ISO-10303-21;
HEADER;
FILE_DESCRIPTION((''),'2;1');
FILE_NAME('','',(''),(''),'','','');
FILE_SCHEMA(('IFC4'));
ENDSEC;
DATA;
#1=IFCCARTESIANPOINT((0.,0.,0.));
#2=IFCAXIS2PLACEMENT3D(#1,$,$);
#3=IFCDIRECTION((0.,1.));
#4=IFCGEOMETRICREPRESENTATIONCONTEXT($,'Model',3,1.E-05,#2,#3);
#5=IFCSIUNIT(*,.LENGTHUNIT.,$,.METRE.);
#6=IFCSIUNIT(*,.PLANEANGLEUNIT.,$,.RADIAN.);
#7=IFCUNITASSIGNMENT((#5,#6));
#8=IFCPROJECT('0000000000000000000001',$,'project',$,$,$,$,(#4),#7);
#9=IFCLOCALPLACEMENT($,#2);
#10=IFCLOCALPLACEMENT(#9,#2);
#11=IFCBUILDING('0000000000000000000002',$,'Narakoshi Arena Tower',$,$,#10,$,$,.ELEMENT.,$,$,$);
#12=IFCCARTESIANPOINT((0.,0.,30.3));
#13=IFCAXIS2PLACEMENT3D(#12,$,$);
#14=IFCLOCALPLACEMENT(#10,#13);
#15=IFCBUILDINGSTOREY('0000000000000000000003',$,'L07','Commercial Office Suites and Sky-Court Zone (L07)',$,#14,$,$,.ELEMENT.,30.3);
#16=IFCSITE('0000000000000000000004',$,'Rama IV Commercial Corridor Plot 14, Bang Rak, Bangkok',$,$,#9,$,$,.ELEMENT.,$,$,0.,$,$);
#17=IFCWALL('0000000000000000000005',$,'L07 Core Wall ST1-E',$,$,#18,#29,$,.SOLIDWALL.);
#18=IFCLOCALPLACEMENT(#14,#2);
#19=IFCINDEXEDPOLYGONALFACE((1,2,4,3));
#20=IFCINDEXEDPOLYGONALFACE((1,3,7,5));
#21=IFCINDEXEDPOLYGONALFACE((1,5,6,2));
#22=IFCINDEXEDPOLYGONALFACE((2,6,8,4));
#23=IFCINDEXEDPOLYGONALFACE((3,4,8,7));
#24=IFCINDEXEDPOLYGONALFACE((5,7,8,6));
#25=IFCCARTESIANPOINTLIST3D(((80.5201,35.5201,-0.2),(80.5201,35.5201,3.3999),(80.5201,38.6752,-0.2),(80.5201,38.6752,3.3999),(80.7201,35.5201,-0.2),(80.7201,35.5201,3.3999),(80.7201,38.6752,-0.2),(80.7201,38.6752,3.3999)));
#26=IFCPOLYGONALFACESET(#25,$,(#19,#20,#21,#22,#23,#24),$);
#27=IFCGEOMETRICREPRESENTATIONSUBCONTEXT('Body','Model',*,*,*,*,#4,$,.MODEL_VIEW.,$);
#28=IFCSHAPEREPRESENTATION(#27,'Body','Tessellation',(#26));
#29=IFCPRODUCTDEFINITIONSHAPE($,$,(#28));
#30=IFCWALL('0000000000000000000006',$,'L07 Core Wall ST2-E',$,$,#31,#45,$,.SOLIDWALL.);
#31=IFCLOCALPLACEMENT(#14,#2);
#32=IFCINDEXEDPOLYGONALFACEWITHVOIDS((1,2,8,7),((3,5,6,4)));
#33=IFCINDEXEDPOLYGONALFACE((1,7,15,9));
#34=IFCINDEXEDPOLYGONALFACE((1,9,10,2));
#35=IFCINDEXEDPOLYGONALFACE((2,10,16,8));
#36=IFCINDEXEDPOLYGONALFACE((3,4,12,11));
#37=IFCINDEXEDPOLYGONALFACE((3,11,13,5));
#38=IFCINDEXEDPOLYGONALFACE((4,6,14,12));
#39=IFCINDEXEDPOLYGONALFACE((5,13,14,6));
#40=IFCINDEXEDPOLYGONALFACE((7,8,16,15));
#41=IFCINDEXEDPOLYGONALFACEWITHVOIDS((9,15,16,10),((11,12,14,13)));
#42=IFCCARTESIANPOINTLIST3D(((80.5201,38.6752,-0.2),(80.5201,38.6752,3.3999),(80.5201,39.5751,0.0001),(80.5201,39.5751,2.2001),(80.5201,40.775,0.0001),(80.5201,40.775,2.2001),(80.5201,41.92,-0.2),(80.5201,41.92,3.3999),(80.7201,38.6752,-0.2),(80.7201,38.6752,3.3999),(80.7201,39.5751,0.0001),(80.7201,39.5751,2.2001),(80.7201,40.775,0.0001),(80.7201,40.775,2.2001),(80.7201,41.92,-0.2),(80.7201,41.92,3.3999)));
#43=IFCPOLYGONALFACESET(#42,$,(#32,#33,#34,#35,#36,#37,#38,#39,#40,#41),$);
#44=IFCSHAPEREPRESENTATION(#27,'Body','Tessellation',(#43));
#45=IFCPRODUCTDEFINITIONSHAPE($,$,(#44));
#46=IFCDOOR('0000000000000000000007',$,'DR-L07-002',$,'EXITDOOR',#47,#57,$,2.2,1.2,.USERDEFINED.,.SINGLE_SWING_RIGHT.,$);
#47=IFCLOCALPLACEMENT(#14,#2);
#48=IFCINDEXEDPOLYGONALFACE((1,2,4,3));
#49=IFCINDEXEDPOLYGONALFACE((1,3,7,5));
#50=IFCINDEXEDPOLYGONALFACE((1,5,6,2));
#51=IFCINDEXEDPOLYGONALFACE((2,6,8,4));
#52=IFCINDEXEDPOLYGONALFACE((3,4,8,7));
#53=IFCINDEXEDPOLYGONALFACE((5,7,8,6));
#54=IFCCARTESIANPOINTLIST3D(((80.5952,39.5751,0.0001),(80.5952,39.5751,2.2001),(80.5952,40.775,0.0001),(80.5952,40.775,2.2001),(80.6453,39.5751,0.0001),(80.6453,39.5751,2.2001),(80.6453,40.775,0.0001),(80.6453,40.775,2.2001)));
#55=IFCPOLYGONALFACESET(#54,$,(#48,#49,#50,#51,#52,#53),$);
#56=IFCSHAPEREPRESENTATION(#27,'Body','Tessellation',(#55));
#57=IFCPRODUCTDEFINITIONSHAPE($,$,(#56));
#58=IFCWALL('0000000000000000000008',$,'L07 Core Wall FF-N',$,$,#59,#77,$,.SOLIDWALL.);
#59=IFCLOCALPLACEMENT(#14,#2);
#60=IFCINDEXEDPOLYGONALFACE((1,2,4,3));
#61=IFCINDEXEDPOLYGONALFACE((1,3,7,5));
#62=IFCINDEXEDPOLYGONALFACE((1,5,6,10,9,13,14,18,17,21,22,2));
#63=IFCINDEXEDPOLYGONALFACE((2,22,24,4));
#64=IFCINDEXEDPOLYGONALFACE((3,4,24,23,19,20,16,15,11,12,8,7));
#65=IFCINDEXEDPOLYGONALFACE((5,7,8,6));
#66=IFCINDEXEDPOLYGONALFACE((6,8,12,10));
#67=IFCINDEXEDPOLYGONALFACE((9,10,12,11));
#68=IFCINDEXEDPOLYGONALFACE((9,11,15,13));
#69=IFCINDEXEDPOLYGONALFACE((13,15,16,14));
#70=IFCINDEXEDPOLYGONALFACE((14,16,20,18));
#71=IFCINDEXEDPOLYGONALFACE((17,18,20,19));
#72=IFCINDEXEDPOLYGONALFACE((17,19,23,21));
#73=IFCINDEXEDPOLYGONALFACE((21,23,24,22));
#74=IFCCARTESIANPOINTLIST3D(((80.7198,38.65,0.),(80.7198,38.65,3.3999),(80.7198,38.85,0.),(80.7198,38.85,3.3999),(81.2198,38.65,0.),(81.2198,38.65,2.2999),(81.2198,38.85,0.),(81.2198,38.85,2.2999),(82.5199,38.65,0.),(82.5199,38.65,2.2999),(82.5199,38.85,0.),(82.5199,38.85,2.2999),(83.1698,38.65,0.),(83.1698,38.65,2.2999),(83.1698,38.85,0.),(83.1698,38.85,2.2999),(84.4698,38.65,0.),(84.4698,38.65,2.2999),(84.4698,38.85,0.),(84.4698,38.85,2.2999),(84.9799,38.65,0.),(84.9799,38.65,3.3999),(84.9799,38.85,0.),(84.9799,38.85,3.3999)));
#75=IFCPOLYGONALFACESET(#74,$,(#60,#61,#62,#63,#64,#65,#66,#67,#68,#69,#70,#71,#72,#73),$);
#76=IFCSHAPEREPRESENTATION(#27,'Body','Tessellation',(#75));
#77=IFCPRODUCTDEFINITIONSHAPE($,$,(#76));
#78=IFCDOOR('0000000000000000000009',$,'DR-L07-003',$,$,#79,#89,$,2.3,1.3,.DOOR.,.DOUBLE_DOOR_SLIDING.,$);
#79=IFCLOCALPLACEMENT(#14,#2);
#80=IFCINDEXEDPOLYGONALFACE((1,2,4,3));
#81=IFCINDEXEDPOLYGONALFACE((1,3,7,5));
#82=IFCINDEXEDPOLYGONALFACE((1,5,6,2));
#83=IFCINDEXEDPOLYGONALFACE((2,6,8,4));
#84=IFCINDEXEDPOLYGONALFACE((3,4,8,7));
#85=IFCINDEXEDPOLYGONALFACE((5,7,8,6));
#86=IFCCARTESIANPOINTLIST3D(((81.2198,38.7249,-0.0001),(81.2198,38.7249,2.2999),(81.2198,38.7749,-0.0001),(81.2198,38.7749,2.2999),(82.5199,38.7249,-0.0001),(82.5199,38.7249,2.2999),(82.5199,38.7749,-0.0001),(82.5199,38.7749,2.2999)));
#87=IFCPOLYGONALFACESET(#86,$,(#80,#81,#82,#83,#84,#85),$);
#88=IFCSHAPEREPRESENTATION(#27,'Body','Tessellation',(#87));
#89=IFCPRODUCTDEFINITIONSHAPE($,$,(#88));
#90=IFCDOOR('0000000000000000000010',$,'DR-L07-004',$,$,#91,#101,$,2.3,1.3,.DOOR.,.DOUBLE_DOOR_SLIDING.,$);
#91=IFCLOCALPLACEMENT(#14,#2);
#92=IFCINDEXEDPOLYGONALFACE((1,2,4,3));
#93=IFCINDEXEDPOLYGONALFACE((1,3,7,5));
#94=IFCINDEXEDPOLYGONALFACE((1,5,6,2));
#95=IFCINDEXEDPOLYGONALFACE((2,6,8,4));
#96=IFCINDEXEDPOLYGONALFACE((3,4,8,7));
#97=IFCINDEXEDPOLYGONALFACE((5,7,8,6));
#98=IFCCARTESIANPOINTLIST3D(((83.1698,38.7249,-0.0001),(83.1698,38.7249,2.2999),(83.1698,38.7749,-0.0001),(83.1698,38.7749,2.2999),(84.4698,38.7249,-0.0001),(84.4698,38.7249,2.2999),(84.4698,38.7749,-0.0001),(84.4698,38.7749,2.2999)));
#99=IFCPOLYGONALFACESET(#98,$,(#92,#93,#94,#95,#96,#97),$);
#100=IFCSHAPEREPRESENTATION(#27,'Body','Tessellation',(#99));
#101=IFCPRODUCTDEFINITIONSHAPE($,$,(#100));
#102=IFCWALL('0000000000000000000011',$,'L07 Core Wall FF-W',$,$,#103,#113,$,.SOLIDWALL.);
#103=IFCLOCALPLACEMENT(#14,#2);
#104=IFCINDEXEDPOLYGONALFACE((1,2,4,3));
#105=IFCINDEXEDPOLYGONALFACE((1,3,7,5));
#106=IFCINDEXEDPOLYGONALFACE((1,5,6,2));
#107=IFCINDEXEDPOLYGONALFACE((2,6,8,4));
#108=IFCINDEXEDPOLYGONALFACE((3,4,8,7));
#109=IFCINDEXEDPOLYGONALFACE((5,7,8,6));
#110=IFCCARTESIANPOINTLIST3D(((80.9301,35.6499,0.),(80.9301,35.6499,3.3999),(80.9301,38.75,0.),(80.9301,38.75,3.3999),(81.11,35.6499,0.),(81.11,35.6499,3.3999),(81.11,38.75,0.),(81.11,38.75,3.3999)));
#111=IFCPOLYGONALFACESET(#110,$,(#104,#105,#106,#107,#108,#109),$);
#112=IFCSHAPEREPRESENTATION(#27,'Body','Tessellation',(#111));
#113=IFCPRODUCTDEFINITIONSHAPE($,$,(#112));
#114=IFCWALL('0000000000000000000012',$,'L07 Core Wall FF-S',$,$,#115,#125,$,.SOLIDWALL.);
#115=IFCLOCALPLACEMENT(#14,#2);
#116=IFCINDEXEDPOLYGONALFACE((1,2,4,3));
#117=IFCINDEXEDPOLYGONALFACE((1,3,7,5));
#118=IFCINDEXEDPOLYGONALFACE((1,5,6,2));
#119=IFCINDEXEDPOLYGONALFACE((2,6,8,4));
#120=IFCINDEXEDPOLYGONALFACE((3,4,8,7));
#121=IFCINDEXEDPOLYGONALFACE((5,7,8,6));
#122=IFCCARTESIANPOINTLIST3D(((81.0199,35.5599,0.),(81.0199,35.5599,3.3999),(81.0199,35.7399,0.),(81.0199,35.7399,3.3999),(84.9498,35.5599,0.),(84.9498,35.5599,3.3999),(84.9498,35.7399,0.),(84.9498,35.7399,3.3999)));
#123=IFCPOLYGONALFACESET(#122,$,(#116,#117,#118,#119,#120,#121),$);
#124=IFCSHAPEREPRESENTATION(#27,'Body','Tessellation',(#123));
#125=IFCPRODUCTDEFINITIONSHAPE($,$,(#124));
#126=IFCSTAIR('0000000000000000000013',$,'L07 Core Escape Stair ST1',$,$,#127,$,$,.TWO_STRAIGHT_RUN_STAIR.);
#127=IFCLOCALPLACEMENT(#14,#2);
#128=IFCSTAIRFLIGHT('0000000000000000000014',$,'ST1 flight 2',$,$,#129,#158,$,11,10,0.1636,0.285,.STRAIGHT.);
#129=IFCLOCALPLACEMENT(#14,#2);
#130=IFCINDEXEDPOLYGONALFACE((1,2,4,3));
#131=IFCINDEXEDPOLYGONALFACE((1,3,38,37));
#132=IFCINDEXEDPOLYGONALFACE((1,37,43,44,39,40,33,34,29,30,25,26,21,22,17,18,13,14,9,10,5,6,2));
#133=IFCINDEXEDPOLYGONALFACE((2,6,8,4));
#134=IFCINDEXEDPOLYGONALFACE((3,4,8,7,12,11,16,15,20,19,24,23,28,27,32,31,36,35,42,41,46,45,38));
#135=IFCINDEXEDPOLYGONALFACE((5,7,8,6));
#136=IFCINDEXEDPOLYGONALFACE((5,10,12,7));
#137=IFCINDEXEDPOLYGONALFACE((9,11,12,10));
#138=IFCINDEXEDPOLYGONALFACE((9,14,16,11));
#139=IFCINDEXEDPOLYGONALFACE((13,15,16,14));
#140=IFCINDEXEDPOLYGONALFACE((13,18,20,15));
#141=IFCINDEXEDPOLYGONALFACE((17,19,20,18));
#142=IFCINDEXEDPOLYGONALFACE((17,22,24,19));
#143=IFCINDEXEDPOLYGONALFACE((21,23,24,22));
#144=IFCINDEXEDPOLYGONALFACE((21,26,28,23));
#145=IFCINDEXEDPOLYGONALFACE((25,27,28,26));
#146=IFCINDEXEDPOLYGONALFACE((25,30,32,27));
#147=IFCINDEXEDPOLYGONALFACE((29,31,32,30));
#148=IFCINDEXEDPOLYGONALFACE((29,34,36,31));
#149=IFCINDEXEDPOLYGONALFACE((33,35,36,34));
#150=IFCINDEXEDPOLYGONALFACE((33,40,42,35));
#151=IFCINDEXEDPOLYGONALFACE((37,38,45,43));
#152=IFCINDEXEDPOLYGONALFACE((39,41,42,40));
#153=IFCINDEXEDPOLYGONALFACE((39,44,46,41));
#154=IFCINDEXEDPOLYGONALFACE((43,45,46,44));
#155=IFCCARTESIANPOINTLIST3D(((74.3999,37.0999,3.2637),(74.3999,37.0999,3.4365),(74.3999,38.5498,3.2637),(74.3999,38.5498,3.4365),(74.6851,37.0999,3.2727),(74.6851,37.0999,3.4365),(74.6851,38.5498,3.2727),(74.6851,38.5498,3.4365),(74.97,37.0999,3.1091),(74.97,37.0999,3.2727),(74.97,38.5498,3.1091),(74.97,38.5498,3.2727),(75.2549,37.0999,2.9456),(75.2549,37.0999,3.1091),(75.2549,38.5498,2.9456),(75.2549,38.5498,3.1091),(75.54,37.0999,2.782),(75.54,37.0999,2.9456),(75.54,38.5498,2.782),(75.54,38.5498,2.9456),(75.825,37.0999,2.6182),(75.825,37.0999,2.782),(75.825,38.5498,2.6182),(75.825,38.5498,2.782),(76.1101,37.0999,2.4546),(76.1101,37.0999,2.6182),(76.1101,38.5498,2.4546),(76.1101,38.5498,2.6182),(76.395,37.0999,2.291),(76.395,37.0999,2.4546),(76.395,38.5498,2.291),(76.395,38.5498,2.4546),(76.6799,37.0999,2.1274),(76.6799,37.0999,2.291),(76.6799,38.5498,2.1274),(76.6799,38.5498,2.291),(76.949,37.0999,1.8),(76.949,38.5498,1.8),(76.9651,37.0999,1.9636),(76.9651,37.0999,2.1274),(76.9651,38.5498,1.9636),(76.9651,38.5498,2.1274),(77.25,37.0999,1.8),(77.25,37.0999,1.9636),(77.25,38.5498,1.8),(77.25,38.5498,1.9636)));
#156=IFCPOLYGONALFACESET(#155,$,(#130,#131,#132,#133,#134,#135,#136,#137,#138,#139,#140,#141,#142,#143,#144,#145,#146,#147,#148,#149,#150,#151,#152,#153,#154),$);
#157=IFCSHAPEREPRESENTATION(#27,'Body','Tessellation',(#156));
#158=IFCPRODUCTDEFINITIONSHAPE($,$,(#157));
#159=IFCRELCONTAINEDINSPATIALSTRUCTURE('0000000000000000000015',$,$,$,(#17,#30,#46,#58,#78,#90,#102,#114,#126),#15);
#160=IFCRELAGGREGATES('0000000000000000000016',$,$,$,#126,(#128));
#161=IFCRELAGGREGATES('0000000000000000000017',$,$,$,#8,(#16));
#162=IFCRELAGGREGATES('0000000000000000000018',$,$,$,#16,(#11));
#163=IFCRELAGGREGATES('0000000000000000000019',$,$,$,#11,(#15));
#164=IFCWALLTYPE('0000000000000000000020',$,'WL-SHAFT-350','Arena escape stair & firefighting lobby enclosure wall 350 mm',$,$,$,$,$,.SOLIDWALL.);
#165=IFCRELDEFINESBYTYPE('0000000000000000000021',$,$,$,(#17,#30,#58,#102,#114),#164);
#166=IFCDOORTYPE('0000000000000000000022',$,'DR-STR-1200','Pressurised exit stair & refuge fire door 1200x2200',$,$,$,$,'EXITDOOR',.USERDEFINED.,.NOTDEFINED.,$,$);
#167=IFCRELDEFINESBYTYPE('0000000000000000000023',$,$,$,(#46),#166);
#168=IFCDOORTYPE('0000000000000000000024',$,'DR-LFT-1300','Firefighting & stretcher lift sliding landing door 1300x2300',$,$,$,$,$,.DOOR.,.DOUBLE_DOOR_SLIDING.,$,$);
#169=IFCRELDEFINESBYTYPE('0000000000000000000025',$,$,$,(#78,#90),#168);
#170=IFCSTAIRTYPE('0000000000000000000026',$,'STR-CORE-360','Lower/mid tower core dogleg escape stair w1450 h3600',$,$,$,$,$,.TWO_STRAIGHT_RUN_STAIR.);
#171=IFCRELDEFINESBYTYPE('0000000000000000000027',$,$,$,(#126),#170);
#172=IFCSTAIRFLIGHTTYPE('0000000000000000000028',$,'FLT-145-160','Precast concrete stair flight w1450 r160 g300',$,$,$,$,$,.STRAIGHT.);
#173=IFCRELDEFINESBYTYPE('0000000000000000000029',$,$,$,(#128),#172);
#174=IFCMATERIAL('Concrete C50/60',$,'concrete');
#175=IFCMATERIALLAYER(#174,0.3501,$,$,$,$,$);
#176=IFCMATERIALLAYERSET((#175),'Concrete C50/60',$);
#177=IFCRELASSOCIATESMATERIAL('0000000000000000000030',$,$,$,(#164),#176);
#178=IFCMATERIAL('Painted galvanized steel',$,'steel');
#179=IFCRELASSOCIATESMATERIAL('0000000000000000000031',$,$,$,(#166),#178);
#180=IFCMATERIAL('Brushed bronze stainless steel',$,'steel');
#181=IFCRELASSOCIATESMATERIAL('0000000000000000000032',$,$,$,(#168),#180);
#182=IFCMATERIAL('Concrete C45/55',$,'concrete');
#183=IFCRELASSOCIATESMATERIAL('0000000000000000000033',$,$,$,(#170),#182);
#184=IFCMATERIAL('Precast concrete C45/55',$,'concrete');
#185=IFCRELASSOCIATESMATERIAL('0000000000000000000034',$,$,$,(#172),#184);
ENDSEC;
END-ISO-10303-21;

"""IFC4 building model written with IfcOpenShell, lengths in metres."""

from ifc_helpers import new_model, si_unit, direction, frame, frame_2d, origin, place, context, subcontext, project, spatial, polyline, rectangle, outline, extrude, material, layer, layer_set, type_object, element, fill, aggregate, save


model = new_model("IFC4")

# Units and contexts
model_context = context("Model", 3, precision=1e-05, world=origin(), true_north=direction((0.0, 1.0)))
body_context = subcontext(model_context, "Body", "Model", "MODEL_VIEW")
ifc_project = project(units=[si_unit("LENGTHUNIT", "METRE"), si_unit("PLANEANGLEUNIT", "RADIAN")], contexts=[model_context])

# Site, building, storey
site_placement = place(None, origin())
site = spatial("IfcSite", under=ifc_project, at=site_placement, Name="Rama IV Commercial Corridor Plot 14, Bang Rak, Bangkok", CompositionType="ELEMENT", RefElevation=0.0)
building_placement = place(site_placement, origin())
building = spatial("IfcBuilding", under=site, at=building_placement, Name="Narakoshi Arena Tower", CompositionType="ELEMENT")
storey_placement = place(building_placement, frame((0.0, 0.0, 30.3)))
storey = spatial("IfcBuildingStorey", under=building, at=storey_placement, Name="L07", Description="Commercial Office Suites and Sky-Court Zone (L07)", CompositionType="ELEMENT", Elevation=30.3)

# Wall
ifc_material_1 = material(Name="Concrete C50/60", Category="concrete")
ifc_layer = layer(ifc_material_1, 0.3501)
ifc_layer_set = layer_set([ifc_layer], Name="Concrete C50/60")
wall_type = type_object("IfcWallType", Name="WL-SHAFT-350", Description="Arena escape stair & firefighting lobby enclosure wall 350 mm", PredefinedType="SOLIDWALL", material=ifc_layer_set)
wall_1_placement = place(storey_placement, frame((80.6201, 35.52, -0.2), z_axis=(0.0, 0.0, 1.0), x_axis=(0.0, 1.0, 0.0)))
element("IfcWall", 1, at=wall_1_placement, inside=storey, type_object=wall_type, Name="L07 Core Wall ST1-E", PredefinedType="SOLIDWALL", context=body_context, shape_type="SweptSolid", body=[
    extrude(rectangle(XDim=3.155, YDim=0.2, at=frame_2d((1.5776, 0.0))), origin(), (0.0, 0.0, 1.0), 3.5999),
])

# Wall, opening, door
wall_2_placement = place(storey_placement, frame((80.6201, 38.675, -0.2), z_axis=(0.0, 0.0, 1.0), x_axis=(0.0, 1.0, 0.0)))
wall_2 = element("IfcWall", 2, at=wall_2_placement, inside=storey, type_object=wall_type, Name="L07 Core Wall ST2-E", PredefinedType="SOLIDWALL", context=body_context, shape_type="SweptSolid", body=[
    extrude(rectangle(XDim=3.2449, YDim=0.2, at=frame_2d((1.6226, 0.0))), origin(), (0.0, 0.0, 1.0), 3.5999),
])
opening_1_placement = place(wall_2_placement, frame((0.8999, 0.0, 0.2)))
opening_1 = element("IfcOpeningElement", 3, at=opening_1_placement, cuts=wall_2, PredefinedType="OPENING", context=body_context, shape_type="SweptSolid", body=[
    extrude(rectangle(XDim=1.2, YDim=2.2, at=frame_2d((0.6001, 1.1001))), frame((0.0, 0.1099, 0.0), z_axis=(0.0, -1.0, 0.0), x_axis=(1.0, 0.0, 0.0)), (0.0, 0.0, 1.0), 0.22),
])
ifc_material_2 = material(Name="Painted galvanized steel", Category="steel")
door_type_1 = type_object("IfcDoorType", Name="DR-STR-1200", Description="Pressurised exit stair & refuge fire door 1200x2200", ElementType="EXITDOOR", OperationType="NOTDEFINED", PredefinedType="USERDEFINED", material=ifc_material_2)
door_1_placement = place(opening_1_placement, origin())
door_1 = element("IfcDoor", 4, at=door_1_placement, inside=storey, type_object=door_type_1, Name="DR-L07-002", ObjectType="EXITDOOR", OperationType="SINGLE_SWING_RIGHT", OverallHeight=2.2, OverallWidth=1.2, PredefinedType="USERDEFINED", context=body_context, shape_type="SweptSolid", body=[
    extrude(rectangle(XDim=1.2, YDim=2.2, at=frame_2d((0.6001, 1.1001))), frame((0.0, 0.0249, 0.0), z_axis=(0.0, -1.0, 0.0), x_axis=(1.0, 0.0, 0.0)), (0.0, 0.0, 1.0), 0.05),
])
fill(opening_1, door_1)

# Wall, openings, doors
wall_3_placement = place(storey_placement, frame((80.72, 38.75, 0.0), z_axis=(0.0, 0.0, 1.0), x_axis=(1.0, 0.0, 0.0)))
wall_3 = element("IfcWall", 5, at=wall_3_placement, inside=storey, type_object=wall_type, Name="L07 Core Wall FF-N", PredefinedType="SOLIDWALL", context=body_context, shape_type="SweptSolid", body=[
    extrude(rectangle(XDim=4.26, YDim=0.2, at=frame_2d((2.1299, 0.0))), origin(), (0.0, 0.0, 1.0), 3.3999),
])
opening_2_placement = place(wall_3_placement, frame((0.5, 0.0, 0.0)))
opening_2 = element("IfcOpeningElement", 6, at=opening_2_placement, cuts=wall_3, PredefinedType="OPENING", context=body_context, shape_type="SweptSolid", body=[
    extrude(rectangle(XDim=1.3, YDim=2.3, at=frame_2d((0.6499, 1.1499))), frame((0.0, 0.1099, 0.0), z_axis=(0.0, -1.0, 0.0), x_axis=(1.0, 0.0, 0.0)), (0.0, 0.0, 1.0), 0.22),
])
opening_3_placement = place(wall_3_placement, frame((2.45, 0.0, 0.0)))
opening_3 = element("IfcOpeningElement", 7, at=opening_3_placement, cuts=wall_3, PredefinedType="OPENING", context=body_context, shape_type="SweptSolid", body=[
    extrude(rectangle(XDim=1.3, YDim=2.3, at=frame_2d((0.6499, 1.1499))), frame((0.0, 0.1099, 0.0), z_axis=(0.0, -1.0, 0.0), x_axis=(1.0, 0.0, 0.0)), (0.0, 0.0, 1.0), 0.22),
])
ifc_material_3 = material(Name="Brushed bronze stainless steel", Category="steel")
door_type_2 = type_object("IfcDoorType", Name="DR-LFT-1300", Description="Firefighting & stretcher lift sliding landing door 1300x2300", OperationType="DOUBLE_DOOR_SLIDING", PredefinedType="DOOR", material=ifc_material_3)
door_2_placement = place(opening_2_placement, origin())
door_2 = element("IfcDoor", 8, at=door_2_placement, inside=storey, type_object=door_type_2, Name="DR-L07-003", OperationType="DOUBLE_DOOR_SLIDING", OverallHeight=2.3, OverallWidth=1.3, PredefinedType="DOOR", context=body_context, shape_type="SweptSolid", body=[
    extrude(rectangle(XDim=1.3, YDim=2.3, at=frame_2d((0.6499, 1.1499))), frame((0.0, 0.0249, 0.0), z_axis=(0.0, -1.0, 0.0), x_axis=(1.0, 0.0, 0.0)), (0.0, 0.0, 1.0), 0.05),
])
fill(opening_2, door_2)
door_3_placement = place(opening_3_placement, origin())
door_3 = element("IfcDoor", 9, at=door_3_placement, inside=storey, type_object=door_type_2, Name="DR-L07-004", OperationType="DOUBLE_DOOR_SLIDING", OverallHeight=2.3, OverallWidth=1.3, PredefinedType="DOOR", context=body_context, shape_type="SweptSolid", body=[
    extrude(rectangle(XDim=1.3, YDim=2.3, at=frame_2d((0.6499, 1.1499))), frame((0.0, 0.0249, 0.0), z_axis=(0.0, -1.0, 0.0), x_axis=(1.0, 0.0, 0.0)), (0.0, 0.0, 1.0), 0.05),
])
fill(opening_3, door_3)

# Walls
wall_4_placement = place(storey_placement, frame((81.02, 35.6499, 0.0), z_axis=(0.0, 0.0, 1.0), x_axis=(0.0, 1.0, 0.0)))
element("IfcWall", 10, at=wall_4_placement, inside=storey, type_object=wall_type, Name="L07 Core Wall FF-W", PredefinedType="SOLIDWALL", context=body_context, shape_type="SweptSolid", body=[
    extrude(rectangle(XDim=3.1001, YDim=0.1799, at=frame_2d((1.55, 0.0))), origin(), (0.0, 0.0, 1.0), 3.3999),
])
wall_5_placement = place(storey_placement, frame((81.02, 35.6499, 0.0), z_axis=(0.0, 0.0, 1.0), x_axis=(1.0, 0.0, 0.0)))
element("IfcWall", 11, at=wall_5_placement, inside=storey, type_object=wall_type, Name="L07 Core Wall FF-S", PredefinedType="SOLIDWALL", context=body_context, shape_type="SweptSolid", body=[
    extrude(rectangle(XDim=3.9299, YDim=0.1799, at=frame_2d((1.9648, 0.0))), origin(), (0.0, 0.0, 1.0), 3.3999),
])

# Stair, stair flight
ifc_material_4 = material(Name="Concrete C45/55", Category="concrete")
stair_type = type_object("IfcStairType", Name="STR-CORE-360", Description="Lower/mid tower core dogleg escape stair w1450 h3600", PredefinedType="TWO_STRAIGHT_RUN_STAIR", material=ifc_material_4)
stair_1_placement = place(storey_placement, origin())
stair_1 = element("IfcStair", 12, at=stair_1_placement, inside=storey, type_object=stair_type, Name="L07 Core Escape Stair ST1", PredefinedType="TWO_STRAIGHT_RUN_STAIR")
ifc_material_5 = material(Name="Precast concrete C45/55", Category="concrete")
stair_flight_type = type_object("IfcStairFlightType", Name="FLT-145-160", Description="Precast concrete stair flight w1450 r160 g300", PredefinedType="STRAIGHT", material=ifc_material_5)
stair_flight_1_placement = place(storey_placement, frame((77.25, 37.825, 1.8), z_axis=(0.0, 0.0, 1.0), x_axis=(-1.0, 0.0, 0.0)))
stair_flight_1 = element("IfcStairFlight", 13, at=stair_flight_1_placement, type_object=stair_flight_type, Name="ST1 flight 2", NumberOfRisers=11, NumberOfTreads=10, PredefinedType="STRAIGHT", RiserHeight=0.1636, TreadLength=0.285, context=body_context, shape_type="SweptSolid", body=[
    extrude(outline(polyline([(0.0, 0.0), (0.0, 0.1636), (0.2849, 0.1636), (0.2849, 0.3274), (0.5701, 0.3274), (0.5701, 0.491), (0.855, 0.491), (0.855, 0.6545), (1.1399, 0.6545), (1.1399, 0.8181), (1.425, 0.8181), (1.425, 0.9819), (1.71, 0.9819), (1.71, 1.1455), (1.9951, 1.1455), (1.9951, 1.3091), (2.28, 1.3091), (2.28, 1.4727), (2.5649, 1.4727), (2.5649, 1.6365), (2.8501, 1.6365), (2.8501, 1.8), (2.8501, 1.4636), (0.301, 0.0), (0.0, 0.0)])), frame((0.0, 0.7251, 0.0), z_axis=(0.0, -1.0, 0.0), x_axis=(1.0, 0.0, 0.0)), (0.0, 0.0, 1.0), 1.45),
])
aggregate(stair_1, [stair_flight_1])

save(model, "model.ifc")
